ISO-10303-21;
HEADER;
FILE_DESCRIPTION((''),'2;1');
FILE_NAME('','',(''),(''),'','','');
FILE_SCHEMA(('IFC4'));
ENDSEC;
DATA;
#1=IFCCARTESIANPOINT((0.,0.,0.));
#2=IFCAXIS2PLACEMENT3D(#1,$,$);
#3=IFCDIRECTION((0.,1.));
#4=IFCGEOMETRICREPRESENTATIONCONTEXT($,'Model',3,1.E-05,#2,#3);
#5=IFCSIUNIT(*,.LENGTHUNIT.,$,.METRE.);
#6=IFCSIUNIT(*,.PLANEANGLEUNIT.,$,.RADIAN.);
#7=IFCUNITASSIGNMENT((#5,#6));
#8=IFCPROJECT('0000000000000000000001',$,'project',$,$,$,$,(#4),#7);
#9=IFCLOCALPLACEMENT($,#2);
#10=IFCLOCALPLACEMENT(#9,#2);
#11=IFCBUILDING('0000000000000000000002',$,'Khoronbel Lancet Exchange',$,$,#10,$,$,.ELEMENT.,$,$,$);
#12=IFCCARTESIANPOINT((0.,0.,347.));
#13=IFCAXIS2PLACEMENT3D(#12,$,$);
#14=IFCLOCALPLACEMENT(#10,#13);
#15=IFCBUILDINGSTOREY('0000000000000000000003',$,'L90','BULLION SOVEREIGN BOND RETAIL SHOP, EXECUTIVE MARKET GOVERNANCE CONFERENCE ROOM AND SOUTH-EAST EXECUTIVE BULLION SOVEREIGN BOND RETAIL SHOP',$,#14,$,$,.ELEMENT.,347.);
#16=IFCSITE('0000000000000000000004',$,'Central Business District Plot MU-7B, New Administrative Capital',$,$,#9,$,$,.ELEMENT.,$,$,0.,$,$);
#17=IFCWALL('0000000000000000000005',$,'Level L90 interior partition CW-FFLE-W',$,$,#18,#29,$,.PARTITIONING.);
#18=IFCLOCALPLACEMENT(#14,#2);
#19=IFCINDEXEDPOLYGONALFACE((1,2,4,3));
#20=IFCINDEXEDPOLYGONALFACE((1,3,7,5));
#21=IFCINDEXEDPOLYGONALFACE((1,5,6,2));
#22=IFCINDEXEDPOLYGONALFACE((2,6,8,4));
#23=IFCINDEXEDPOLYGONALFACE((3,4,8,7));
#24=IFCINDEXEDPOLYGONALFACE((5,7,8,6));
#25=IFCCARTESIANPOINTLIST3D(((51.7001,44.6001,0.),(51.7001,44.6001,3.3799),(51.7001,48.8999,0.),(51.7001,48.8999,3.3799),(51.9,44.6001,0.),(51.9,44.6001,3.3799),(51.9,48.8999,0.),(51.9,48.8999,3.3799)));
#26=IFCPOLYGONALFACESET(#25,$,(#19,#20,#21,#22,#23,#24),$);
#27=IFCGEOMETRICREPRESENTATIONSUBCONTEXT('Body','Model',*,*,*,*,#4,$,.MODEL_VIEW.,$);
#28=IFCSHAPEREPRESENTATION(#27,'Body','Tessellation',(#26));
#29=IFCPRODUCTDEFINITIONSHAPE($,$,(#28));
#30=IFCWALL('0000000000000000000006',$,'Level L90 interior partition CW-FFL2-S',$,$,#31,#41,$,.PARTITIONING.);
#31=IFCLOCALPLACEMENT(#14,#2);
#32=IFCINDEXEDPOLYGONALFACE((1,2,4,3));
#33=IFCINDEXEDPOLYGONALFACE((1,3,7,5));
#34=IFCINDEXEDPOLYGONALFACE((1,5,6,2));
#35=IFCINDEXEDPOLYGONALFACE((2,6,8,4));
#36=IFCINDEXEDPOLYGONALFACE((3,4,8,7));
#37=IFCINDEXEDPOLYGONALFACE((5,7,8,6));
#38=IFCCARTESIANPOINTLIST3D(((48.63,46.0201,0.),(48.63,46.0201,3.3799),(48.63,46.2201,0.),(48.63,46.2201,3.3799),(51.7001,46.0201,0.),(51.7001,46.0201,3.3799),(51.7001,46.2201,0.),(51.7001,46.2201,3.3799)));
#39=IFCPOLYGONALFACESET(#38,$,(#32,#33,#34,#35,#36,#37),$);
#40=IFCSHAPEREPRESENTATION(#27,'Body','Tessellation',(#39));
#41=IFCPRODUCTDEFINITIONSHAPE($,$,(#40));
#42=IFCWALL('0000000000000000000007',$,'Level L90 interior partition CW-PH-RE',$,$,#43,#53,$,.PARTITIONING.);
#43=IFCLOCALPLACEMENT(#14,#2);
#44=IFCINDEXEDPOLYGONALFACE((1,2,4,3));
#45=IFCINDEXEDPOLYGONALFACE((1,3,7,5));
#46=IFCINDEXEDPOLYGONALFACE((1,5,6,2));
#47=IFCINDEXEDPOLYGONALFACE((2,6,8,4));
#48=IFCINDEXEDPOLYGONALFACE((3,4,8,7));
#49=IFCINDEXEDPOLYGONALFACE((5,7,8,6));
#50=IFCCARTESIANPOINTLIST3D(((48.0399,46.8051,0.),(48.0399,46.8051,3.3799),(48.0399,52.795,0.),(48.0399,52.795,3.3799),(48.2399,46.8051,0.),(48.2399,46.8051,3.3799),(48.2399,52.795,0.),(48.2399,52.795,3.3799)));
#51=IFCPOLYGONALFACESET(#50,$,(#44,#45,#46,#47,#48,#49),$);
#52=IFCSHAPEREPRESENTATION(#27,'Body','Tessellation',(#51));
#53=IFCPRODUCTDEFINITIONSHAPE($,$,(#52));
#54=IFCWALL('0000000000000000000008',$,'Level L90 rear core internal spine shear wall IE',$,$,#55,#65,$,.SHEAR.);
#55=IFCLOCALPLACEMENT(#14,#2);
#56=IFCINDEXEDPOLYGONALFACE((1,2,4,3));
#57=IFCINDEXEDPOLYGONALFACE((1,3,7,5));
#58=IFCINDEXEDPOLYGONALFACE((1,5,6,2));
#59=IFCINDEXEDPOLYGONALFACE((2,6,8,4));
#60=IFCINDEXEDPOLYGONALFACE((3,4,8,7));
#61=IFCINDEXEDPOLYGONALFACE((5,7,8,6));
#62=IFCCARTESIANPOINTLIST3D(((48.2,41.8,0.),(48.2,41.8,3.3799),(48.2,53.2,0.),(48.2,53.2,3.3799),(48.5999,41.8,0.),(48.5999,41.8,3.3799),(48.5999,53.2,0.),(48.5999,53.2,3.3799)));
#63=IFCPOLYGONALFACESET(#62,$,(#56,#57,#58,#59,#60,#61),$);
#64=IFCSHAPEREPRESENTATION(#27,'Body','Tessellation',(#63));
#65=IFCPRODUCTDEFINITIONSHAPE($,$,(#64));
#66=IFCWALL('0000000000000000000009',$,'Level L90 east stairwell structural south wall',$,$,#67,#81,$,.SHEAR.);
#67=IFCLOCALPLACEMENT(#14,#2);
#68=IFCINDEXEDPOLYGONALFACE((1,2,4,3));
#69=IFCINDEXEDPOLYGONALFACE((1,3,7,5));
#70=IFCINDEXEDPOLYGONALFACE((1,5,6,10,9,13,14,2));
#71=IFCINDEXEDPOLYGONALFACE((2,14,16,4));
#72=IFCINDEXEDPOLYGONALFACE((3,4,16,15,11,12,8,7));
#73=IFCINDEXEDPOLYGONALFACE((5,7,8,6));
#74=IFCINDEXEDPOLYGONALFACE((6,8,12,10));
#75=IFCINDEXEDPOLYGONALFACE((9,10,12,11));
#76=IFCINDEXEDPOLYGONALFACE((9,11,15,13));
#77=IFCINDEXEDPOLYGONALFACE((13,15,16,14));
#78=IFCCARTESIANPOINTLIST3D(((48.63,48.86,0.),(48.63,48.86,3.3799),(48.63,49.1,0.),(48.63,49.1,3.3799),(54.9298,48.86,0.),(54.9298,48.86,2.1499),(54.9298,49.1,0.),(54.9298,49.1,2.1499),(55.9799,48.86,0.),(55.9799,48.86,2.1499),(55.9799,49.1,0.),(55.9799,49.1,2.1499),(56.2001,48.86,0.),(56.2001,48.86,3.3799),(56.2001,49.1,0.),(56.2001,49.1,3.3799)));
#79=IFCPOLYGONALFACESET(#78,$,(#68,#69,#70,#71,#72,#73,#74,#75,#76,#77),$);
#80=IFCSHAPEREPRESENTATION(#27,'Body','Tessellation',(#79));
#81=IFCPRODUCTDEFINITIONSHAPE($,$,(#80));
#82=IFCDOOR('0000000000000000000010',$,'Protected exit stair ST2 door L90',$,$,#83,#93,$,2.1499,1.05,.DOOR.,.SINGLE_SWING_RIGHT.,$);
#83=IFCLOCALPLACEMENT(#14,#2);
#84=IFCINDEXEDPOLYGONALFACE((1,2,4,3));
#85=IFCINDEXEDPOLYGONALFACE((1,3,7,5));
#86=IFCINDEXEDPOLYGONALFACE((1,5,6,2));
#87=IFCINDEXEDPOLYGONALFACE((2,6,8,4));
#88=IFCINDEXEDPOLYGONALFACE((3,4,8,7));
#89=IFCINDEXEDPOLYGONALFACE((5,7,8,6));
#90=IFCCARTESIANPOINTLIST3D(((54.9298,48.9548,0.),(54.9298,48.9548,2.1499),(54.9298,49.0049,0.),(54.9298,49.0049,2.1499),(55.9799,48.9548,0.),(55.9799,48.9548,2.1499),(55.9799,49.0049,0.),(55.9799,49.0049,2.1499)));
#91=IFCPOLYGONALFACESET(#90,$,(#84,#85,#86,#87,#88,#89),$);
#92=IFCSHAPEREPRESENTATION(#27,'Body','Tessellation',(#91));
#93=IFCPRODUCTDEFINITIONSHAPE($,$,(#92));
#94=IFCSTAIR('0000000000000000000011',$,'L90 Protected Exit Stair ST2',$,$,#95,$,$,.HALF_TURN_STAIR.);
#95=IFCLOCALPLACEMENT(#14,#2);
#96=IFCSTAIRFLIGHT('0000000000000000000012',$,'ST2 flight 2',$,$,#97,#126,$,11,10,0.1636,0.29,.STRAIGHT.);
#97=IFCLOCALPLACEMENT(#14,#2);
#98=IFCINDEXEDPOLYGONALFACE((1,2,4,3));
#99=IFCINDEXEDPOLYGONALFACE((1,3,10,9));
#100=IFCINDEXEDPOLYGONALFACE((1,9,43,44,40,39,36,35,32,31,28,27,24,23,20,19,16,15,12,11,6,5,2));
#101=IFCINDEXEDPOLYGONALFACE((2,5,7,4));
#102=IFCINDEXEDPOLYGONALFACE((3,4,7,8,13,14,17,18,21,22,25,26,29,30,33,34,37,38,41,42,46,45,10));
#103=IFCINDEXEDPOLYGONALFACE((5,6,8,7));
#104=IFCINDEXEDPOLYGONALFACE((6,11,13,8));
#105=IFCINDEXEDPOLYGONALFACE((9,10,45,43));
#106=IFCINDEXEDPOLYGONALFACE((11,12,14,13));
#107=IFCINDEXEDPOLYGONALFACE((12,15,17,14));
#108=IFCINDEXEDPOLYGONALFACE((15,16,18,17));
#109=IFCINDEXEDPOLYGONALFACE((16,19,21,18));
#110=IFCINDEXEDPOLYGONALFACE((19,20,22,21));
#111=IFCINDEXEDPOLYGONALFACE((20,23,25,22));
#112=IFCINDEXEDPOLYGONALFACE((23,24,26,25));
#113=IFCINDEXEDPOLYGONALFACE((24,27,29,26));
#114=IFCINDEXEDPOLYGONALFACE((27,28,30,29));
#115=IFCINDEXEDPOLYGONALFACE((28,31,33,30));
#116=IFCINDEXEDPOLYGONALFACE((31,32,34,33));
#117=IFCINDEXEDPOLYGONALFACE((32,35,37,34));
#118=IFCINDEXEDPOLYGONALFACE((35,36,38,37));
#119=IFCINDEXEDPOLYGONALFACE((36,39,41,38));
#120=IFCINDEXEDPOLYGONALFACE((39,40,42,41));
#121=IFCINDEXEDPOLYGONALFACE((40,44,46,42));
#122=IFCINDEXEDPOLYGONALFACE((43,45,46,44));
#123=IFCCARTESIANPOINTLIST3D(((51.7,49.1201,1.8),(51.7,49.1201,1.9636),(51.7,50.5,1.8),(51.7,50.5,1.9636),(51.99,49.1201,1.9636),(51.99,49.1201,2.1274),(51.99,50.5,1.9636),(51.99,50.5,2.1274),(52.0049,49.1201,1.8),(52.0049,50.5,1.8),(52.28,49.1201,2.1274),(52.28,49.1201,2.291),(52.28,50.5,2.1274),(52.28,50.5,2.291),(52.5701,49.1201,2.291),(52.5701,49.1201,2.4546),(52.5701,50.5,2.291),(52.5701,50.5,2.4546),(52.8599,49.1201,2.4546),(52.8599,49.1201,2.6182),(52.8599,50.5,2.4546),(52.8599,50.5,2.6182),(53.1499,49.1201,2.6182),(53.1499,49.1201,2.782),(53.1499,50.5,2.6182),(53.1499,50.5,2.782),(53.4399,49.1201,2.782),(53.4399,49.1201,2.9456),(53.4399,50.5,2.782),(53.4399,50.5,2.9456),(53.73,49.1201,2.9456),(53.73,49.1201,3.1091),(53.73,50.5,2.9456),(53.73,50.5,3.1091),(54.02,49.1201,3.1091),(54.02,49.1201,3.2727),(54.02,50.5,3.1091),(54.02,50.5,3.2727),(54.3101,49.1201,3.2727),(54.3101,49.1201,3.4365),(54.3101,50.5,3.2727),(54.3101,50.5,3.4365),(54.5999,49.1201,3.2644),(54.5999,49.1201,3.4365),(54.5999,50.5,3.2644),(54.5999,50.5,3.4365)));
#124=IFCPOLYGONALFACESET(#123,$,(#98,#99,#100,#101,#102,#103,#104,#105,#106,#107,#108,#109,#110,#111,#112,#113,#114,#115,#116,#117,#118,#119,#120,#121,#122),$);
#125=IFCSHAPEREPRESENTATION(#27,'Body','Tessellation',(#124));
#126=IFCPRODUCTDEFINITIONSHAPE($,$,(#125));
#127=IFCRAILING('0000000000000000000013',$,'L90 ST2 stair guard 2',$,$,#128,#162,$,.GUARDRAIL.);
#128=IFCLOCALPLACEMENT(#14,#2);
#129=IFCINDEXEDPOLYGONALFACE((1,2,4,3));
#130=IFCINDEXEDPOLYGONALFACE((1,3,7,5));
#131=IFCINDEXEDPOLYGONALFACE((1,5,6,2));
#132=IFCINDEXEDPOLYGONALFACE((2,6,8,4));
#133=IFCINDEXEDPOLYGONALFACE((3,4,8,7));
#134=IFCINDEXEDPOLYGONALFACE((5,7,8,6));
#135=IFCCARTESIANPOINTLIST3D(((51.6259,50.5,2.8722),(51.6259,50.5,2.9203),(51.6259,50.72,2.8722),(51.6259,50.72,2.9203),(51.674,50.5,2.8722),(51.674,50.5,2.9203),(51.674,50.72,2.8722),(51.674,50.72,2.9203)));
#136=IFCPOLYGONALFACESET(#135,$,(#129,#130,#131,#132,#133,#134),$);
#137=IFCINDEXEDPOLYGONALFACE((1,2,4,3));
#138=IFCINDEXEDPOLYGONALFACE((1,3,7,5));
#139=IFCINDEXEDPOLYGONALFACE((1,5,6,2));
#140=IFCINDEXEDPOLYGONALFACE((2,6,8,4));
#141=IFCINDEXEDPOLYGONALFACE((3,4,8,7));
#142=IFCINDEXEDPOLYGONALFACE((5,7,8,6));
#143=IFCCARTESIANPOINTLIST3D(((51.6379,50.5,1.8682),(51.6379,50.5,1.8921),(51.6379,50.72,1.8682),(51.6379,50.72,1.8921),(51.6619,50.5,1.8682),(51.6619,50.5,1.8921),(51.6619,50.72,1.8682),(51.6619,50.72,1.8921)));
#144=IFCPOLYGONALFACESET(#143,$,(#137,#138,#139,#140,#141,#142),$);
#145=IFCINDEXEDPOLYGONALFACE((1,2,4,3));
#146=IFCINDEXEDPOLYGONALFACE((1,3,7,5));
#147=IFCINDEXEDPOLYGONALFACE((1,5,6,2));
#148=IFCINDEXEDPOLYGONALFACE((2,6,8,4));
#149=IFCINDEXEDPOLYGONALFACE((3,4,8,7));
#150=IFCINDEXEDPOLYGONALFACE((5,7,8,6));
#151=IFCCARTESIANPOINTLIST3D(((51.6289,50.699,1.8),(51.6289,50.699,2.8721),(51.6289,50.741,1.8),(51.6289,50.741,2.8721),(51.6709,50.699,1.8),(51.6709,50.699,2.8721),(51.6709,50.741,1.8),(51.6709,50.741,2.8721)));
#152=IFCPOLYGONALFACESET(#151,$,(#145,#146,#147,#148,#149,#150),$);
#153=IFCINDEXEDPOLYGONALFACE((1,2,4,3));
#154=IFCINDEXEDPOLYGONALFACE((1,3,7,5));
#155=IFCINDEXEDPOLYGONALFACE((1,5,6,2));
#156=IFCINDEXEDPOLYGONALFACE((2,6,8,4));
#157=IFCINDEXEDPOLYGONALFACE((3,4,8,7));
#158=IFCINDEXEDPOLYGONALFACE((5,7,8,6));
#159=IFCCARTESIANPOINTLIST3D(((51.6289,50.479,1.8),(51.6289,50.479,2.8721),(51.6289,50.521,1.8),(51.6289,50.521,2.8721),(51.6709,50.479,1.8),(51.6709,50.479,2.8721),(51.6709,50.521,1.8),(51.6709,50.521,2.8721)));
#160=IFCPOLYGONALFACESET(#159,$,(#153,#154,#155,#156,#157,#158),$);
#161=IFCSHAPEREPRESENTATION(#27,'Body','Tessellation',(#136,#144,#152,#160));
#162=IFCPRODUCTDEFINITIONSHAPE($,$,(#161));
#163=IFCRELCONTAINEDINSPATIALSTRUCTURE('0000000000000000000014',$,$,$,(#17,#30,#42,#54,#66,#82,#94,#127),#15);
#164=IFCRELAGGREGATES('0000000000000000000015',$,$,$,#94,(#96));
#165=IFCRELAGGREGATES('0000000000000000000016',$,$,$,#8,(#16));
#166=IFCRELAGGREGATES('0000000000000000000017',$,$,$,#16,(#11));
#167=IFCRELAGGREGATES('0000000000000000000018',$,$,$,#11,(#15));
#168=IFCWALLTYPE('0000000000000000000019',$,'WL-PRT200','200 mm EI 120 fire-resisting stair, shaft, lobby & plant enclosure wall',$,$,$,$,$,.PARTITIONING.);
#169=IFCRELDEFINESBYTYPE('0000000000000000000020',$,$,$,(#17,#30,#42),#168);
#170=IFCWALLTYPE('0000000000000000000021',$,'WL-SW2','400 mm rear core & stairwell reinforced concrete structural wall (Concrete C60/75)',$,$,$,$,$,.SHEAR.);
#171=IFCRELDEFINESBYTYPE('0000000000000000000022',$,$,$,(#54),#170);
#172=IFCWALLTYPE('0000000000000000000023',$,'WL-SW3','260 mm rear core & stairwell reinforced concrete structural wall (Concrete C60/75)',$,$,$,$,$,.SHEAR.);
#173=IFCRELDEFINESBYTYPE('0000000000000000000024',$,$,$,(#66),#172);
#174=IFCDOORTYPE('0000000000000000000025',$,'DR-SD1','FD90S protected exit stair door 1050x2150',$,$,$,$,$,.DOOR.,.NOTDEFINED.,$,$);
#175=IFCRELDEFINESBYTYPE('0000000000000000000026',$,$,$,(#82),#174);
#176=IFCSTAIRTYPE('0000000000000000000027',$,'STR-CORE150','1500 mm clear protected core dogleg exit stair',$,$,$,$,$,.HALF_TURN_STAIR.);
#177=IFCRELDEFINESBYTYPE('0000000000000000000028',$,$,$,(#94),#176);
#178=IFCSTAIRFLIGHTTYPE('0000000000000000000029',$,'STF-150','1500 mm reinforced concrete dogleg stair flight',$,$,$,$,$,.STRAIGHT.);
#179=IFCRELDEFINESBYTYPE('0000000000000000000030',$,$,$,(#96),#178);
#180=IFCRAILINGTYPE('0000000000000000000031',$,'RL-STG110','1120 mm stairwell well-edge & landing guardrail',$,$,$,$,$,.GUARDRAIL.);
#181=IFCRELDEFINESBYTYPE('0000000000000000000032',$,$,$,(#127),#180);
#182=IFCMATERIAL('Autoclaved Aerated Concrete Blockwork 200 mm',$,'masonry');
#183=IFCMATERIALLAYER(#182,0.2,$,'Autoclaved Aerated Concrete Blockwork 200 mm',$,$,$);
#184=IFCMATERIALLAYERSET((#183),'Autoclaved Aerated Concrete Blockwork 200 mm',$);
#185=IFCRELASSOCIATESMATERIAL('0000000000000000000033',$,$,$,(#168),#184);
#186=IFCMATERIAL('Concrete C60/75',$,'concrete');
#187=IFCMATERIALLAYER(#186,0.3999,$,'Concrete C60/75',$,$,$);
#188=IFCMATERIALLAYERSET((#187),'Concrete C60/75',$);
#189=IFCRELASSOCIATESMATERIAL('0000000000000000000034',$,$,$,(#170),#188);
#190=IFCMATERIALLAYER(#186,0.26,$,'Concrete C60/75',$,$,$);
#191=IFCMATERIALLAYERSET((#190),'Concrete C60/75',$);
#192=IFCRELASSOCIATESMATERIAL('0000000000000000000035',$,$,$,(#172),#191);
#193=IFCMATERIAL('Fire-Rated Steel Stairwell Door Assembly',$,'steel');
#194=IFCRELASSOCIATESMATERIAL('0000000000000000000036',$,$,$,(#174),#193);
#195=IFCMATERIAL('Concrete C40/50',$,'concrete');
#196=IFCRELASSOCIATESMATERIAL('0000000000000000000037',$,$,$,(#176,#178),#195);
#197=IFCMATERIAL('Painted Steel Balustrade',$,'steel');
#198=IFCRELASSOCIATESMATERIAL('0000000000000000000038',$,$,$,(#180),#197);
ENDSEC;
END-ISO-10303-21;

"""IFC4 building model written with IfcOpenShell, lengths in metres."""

from ifc_helpers import new_model, si_unit, direction, frame, frame_2d, origin, origin_2d, place, context, subcontext, project, spatial, polyline, rectangle, outline, extrude, material, layer, layer_set, type_object, element, fill, aggregate, save


model = new_model("IFC4")

# Units and contexts
model_context = context("Model", 3, precision=1e-05, world=origin(), true_north=direction((0.0, 1.0)))
body_context = subcontext(model_context, "Body", "Model", "MODEL_VIEW")
ifc_project = project(units=[si_unit("LENGTHUNIT", "METRE"), si_unit("PLANEANGLEUNIT", "RADIAN")], contexts=[model_context])

# Site, building, storey
site_placement = place(None, origin())
site = spatial("IfcSite", under=ifc_project, at=site_placement, Name="Central Business District Plot MU-7B, New Administrative Capital", CompositionType="ELEMENT", RefElevation=0.0)
building_placement = place(site_placement, origin())
building = spatial("IfcBuilding", under=site, at=building_placement, Name="Khoronbel Lancet Exchange", CompositionType="ELEMENT")
storey_placement = place(building_placement, frame((0.0, 0.0, 347.0)))
storey = spatial("IfcBuildingStorey", under=building, at=storey_placement, Name="L90", Description="BULLION SOVEREIGN BOND RETAIL SHOP, EXECUTIVE MARKET GOVERNANCE CONFERENCE ROOM AND SOUTH-EAST EXECUTIVE BULLION SOVEREIGN BOND RETAIL SHOP", CompositionType="ELEMENT", Elevation=347.0)

# Shared definitions
ifc_material_1 = material(Name="Autoclaved Aerated Concrete Blockwork 200 mm", Category="masonry")
ifc_layer_1 = layer(ifc_material_1, 0.2, Name="Autoclaved Aerated Concrete Blockwork 200 mm")
ifc_layer_set_1 = layer_set([ifc_layer_1], Name="Autoclaved Aerated Concrete Blockwork 200 mm")
wall_type_1 = type_object("IfcWallType", Name="WL-PRT200", Description="200 mm EI 120 fire-resisting stair, shaft, lobby & plant enclosure wall", PredefinedType="PARTITIONING", material=ifc_layer_set_1)

# Walls
wall_1_placement = place(storey_placement, frame((51.8, 44.6001, 0.0), z_axis=(0.0, 0.0, 1.0), x_axis=(0.0, 1.0, 0.0)))
element("IfcWall", 1, at=wall_1_placement, inside=storey, type_object=wall_type_1, Name="Level L90 interior partition CW-FFLE-W", PredefinedType="PARTITIONING", context=body_context, shape_type="SweptSolid", body=[
    extrude(rectangle(XDim=4.2998, YDim=0.2, at=frame_2d((2.1499, 0.0))), origin(), (0.0, 0.0, 1.0), 3.3799),
])
wall_2_placement = place(storey_placement, frame((48.6299, 46.1201, 0.0), z_axis=(0.0, 0.0, 1.0), x_axis=(1.0, 0.0, 0.0)))
element("IfcWall", 2, at=wall_2_placement, inside=storey, type_object=wall_type_1, Name="Level L90 interior partition CW-FFL2-S", PredefinedType="PARTITIONING", context=body_context, shape_type="SweptSolid", body=[
    extrude(rectangle(XDim=3.0701, YDim=0.2, at=frame_2d((1.5352, 0.0))), origin(), (0.0, 0.0, 1.0), 3.3799),
])

# Walls
wall_3_placement = place(storey_placement, frame((48.1399, 46.8049, 0.0), z_axis=(0.0, 0.0, 1.0), x_axis=(0.0, 1.0, 0.0)))
element("IfcWall", 3, at=wall_3_placement, inside=storey, type_object=wall_type_1, Name="Level L90 interior partition CW-PH-RE", PredefinedType="PARTITIONING", context=body_context, shape_type="SweptSolid", body=[
    extrude(rectangle(XDim=5.99, YDim=0.2, at=frame_2d((2.9951, 0.0))), origin(), (0.0, 0.0, 1.0), 3.3799),
])
ifc_material_2 = material(Name="Concrete C60/75", Category="concrete")
ifc_layer_2 = layer(ifc_material_2, 0.3999, Name="Concrete C60/75")
ifc_layer_set_2 = layer_set([ifc_layer_2], Name="Concrete C60/75")
wall_type_2 = type_object("IfcWallType", Name="WL-SW2", Description="400 mm rear core & stairwell reinforced concrete structural wall (Concrete C60/75)", PredefinedType="SHEAR", material=ifc_layer_set_2)
wall_4_placement = place(storey_placement, frame((48.3999, 41.8, 0.0), z_axis=(0.0, 0.0, 1.0), x_axis=(0.0, 1.0, 0.0)))
element("IfcWall", 4, at=wall_4_placement, inside=storey, type_object=wall_type_2, Name="Level L90 rear core internal spine shear wall IE", PredefinedType="SHEAR", context=body_context, shape_type="SweptSolid", body=[
    extrude(rectangle(XDim=11.3999, YDim=0.3999, at=frame_2d((5.7, 0.0))), origin(), (0.0, 0.0, 1.0), 3.3799),
])

# Wall, opening, door
ifc_layer_3 = layer(ifc_material_2, 0.26, Name="Concrete C60/75")
ifc_layer_set_3 = layer_set([ifc_layer_3], Name="Concrete C60/75")
wall_type_3 = type_object("IfcWallType", Name="WL-SW3", Description="260 mm rear core & stairwell reinforced concrete structural wall (Concrete C60/75)", PredefinedType="SHEAR", material=ifc_layer_set_3)
wall_5_placement = place(storey_placement, frame((48.6299, 48.98, 0.0), z_axis=(0.0, 0.0, 1.0), x_axis=(1.0, 0.0, 0.0)))
wall_5 = element("IfcWall", 5, at=wall_5_placement, inside=storey, type_object=wall_type_3, Name="Level L90 east stairwell structural south wall", PredefinedType="SHEAR", context=body_context, shape_type="SweptSolid", body=[
    extrude(rectangle(XDim=7.5701, YDim=0.24, at=frame_2d((3.7852, 0.0))), origin(), (0.0, 0.0, 1.0), 3.3799),
])
opening_1_placement = place(wall_5_placement, frame((6.3, 0.0, 0.0)))
opening_1 = element("IfcOpeningElement", 6, at=opening_1_placement, cuts=wall_5, PredefinedType="OPENING", context=body_context, shape_type="SweptSolid", body=[
    extrude(rectangle(XDim=1.05, YDim=2.1499, at=frame_2d((0.5249, 1.075))), frame((0.0, 0.1299, 0.0), z_axis=(0.0, -1.0, 0.0), x_axis=(1.0, 0.0, 0.0)), (0.0, 0.0, 1.0), 0.26),
])
ifc_material_3 = material(Name="Fire-Rated Steel Stairwell Door Assembly", Category="steel")
door_type_1 = type_object("IfcDoorType", Name="DR-SD1", Description="FD90S protected exit stair door 1050x2150", OperationType="NOTDEFINED", PredefinedType="DOOR", material=ifc_material_3)
door_1_placement = place(opening_1_placement, origin())
door_1 = element("IfcDoor", 7, at=door_1_placement, inside=storey, type_object=door_type_1, Name="Protected exit stair ST2 door L90", OperationType="SINGLE_SWING_RIGHT", OverallHeight=2.1499, OverallWidth=1.05, PredefinedType="DOOR", context=body_context, shape_type="SweptSolid", body=[
    extrude(rectangle(XDim=1.05, YDim=2.1499, at=frame_2d((0.5249, 1.075))), frame((0.0, 0.0249, 0.0), z_axis=(0.0, -1.0, 0.0), x_axis=(1.0, 0.0, 0.0)), (0.0, 0.0, 1.0), 0.05),
])
fill(opening_1, door_1)

# Stair, stair flight
ifc_material_4 = material(Name="Concrete C40/50", Category="concrete")
stair_type = type_object("IfcStairType", Name="STR-CORE150", Description="1500 mm clear protected core dogleg exit stair", PredefinedType="HALF_TURN_STAIR", material=ifc_material_4)
stair_placement = place(storey_placement, origin())
stair = element("IfcStair", 8, at=stair_placement, inside=storey, type_object=stair_type, Name="L90 Protected Exit Stair ST2", PredefinedType="HALF_TURN_STAIR")
stair_flight_type = type_object("IfcStairFlightType", Name="STF-150", Description="1500 mm reinforced concrete dogleg stair flight", PredefinedType="STRAIGHT", material=ifc_material_4)
stair_flight_placement = place(storey_placement, frame((51.7, 49.8101, 1.8), z_axis=(0.0, 0.0, 1.0), x_axis=(1.0, 0.0, 0.0)))
stair_flight = element("IfcStairFlight", 9, at=stair_flight_placement, type_object=stair_flight_type, Name="ST2 flight 2", NumberOfRisers=11, NumberOfTreads=10, PredefinedType="STRAIGHT", RiserHeight=0.1636, TreadLength=0.29, context=body_context, shape_type="SweptSolid", body=[
    extrude(outline(polyline([(0.0, 0.0), (0.0, 0.1636), (0.29, 0.1636), (0.29, 0.3274), (0.5801, 0.3274), (0.5801, 0.491), (0.8701, 0.491), (0.8701, 0.6545), (1.1599, 0.6545), (1.1599, 0.8181), (1.45, 0.8181), (1.45, 0.9819), (1.74, 0.9819), (1.74, 1.1455), (2.03, 1.1455), (2.03, 1.3091), (2.3201, 1.3091), (2.3201, 1.4727), (2.6101, 1.4727), (2.6101, 1.6365), (2.8999, 1.6365), (2.8999, 1.8), (2.8999, 1.4644), (0.3049, 0.0), (0.0, 0.0)])), frame((0.0, 0.6899, 0.0), z_axis=(0.0, -1.0, 0.0), x_axis=(1.0, 0.0, 0.0)), (0.0, 0.0, 1.0), 1.3799),
])
aggregate(stair, [stair_flight])

# Railing
ifc_material_5 = material(Name="Painted Steel Balustrade", Category="steel")
railing_type_1 = type_object("IfcRailingType", Name="RL-STG110", Description="1120 mm stairwell well-edge & landing guardrail", PredefinedType="GUARDRAIL", material=ifc_material_5)
railing_1_placement = place(storey_placement, frame((51.6499, 50.72, 1.8)))
element("IfcRailing", 10, at=railing_1_placement, inside=storey, type_object=railing_type_1, Name="L90 ST2 stair guard 2", PredefinedType="GUARDRAIL", context=body_context, shape_type="SweptSolid", body=[
    extrude(rectangle(XDim=0.0481, YDim=0.0481, at=origin_2d()), frame((0.0, 0.0, 1.0962), z_axis=(0.0, -1.0, 0.0), x_axis=(1.0, 0.0, 0.0)), (0.0, 0.0, 1.0), 0.22),
    extrude(rectangle(XDim=0.0239, YDim=0.0239, at=origin_2d()), frame((0.0, 0.0, 0.0801), z_axis=(0.0, -1.0, 0.0), x_axis=(1.0, 0.0, 0.0)), (0.0, 0.0, 1.0), 0.22),
    extrude(rectangle(XDim=0.042, YDim=0.042, at=origin_2d()), origin(), (0.0, 0.0, 1.0), 1.072),
    extrude(rectangle(XDim=0.042, YDim=0.042, at=origin_2d()), frame((0.0, -0.22, 0.0)), (0.0, 0.0, 1.0), 1.072),
])

save(model, "model.ifc")
